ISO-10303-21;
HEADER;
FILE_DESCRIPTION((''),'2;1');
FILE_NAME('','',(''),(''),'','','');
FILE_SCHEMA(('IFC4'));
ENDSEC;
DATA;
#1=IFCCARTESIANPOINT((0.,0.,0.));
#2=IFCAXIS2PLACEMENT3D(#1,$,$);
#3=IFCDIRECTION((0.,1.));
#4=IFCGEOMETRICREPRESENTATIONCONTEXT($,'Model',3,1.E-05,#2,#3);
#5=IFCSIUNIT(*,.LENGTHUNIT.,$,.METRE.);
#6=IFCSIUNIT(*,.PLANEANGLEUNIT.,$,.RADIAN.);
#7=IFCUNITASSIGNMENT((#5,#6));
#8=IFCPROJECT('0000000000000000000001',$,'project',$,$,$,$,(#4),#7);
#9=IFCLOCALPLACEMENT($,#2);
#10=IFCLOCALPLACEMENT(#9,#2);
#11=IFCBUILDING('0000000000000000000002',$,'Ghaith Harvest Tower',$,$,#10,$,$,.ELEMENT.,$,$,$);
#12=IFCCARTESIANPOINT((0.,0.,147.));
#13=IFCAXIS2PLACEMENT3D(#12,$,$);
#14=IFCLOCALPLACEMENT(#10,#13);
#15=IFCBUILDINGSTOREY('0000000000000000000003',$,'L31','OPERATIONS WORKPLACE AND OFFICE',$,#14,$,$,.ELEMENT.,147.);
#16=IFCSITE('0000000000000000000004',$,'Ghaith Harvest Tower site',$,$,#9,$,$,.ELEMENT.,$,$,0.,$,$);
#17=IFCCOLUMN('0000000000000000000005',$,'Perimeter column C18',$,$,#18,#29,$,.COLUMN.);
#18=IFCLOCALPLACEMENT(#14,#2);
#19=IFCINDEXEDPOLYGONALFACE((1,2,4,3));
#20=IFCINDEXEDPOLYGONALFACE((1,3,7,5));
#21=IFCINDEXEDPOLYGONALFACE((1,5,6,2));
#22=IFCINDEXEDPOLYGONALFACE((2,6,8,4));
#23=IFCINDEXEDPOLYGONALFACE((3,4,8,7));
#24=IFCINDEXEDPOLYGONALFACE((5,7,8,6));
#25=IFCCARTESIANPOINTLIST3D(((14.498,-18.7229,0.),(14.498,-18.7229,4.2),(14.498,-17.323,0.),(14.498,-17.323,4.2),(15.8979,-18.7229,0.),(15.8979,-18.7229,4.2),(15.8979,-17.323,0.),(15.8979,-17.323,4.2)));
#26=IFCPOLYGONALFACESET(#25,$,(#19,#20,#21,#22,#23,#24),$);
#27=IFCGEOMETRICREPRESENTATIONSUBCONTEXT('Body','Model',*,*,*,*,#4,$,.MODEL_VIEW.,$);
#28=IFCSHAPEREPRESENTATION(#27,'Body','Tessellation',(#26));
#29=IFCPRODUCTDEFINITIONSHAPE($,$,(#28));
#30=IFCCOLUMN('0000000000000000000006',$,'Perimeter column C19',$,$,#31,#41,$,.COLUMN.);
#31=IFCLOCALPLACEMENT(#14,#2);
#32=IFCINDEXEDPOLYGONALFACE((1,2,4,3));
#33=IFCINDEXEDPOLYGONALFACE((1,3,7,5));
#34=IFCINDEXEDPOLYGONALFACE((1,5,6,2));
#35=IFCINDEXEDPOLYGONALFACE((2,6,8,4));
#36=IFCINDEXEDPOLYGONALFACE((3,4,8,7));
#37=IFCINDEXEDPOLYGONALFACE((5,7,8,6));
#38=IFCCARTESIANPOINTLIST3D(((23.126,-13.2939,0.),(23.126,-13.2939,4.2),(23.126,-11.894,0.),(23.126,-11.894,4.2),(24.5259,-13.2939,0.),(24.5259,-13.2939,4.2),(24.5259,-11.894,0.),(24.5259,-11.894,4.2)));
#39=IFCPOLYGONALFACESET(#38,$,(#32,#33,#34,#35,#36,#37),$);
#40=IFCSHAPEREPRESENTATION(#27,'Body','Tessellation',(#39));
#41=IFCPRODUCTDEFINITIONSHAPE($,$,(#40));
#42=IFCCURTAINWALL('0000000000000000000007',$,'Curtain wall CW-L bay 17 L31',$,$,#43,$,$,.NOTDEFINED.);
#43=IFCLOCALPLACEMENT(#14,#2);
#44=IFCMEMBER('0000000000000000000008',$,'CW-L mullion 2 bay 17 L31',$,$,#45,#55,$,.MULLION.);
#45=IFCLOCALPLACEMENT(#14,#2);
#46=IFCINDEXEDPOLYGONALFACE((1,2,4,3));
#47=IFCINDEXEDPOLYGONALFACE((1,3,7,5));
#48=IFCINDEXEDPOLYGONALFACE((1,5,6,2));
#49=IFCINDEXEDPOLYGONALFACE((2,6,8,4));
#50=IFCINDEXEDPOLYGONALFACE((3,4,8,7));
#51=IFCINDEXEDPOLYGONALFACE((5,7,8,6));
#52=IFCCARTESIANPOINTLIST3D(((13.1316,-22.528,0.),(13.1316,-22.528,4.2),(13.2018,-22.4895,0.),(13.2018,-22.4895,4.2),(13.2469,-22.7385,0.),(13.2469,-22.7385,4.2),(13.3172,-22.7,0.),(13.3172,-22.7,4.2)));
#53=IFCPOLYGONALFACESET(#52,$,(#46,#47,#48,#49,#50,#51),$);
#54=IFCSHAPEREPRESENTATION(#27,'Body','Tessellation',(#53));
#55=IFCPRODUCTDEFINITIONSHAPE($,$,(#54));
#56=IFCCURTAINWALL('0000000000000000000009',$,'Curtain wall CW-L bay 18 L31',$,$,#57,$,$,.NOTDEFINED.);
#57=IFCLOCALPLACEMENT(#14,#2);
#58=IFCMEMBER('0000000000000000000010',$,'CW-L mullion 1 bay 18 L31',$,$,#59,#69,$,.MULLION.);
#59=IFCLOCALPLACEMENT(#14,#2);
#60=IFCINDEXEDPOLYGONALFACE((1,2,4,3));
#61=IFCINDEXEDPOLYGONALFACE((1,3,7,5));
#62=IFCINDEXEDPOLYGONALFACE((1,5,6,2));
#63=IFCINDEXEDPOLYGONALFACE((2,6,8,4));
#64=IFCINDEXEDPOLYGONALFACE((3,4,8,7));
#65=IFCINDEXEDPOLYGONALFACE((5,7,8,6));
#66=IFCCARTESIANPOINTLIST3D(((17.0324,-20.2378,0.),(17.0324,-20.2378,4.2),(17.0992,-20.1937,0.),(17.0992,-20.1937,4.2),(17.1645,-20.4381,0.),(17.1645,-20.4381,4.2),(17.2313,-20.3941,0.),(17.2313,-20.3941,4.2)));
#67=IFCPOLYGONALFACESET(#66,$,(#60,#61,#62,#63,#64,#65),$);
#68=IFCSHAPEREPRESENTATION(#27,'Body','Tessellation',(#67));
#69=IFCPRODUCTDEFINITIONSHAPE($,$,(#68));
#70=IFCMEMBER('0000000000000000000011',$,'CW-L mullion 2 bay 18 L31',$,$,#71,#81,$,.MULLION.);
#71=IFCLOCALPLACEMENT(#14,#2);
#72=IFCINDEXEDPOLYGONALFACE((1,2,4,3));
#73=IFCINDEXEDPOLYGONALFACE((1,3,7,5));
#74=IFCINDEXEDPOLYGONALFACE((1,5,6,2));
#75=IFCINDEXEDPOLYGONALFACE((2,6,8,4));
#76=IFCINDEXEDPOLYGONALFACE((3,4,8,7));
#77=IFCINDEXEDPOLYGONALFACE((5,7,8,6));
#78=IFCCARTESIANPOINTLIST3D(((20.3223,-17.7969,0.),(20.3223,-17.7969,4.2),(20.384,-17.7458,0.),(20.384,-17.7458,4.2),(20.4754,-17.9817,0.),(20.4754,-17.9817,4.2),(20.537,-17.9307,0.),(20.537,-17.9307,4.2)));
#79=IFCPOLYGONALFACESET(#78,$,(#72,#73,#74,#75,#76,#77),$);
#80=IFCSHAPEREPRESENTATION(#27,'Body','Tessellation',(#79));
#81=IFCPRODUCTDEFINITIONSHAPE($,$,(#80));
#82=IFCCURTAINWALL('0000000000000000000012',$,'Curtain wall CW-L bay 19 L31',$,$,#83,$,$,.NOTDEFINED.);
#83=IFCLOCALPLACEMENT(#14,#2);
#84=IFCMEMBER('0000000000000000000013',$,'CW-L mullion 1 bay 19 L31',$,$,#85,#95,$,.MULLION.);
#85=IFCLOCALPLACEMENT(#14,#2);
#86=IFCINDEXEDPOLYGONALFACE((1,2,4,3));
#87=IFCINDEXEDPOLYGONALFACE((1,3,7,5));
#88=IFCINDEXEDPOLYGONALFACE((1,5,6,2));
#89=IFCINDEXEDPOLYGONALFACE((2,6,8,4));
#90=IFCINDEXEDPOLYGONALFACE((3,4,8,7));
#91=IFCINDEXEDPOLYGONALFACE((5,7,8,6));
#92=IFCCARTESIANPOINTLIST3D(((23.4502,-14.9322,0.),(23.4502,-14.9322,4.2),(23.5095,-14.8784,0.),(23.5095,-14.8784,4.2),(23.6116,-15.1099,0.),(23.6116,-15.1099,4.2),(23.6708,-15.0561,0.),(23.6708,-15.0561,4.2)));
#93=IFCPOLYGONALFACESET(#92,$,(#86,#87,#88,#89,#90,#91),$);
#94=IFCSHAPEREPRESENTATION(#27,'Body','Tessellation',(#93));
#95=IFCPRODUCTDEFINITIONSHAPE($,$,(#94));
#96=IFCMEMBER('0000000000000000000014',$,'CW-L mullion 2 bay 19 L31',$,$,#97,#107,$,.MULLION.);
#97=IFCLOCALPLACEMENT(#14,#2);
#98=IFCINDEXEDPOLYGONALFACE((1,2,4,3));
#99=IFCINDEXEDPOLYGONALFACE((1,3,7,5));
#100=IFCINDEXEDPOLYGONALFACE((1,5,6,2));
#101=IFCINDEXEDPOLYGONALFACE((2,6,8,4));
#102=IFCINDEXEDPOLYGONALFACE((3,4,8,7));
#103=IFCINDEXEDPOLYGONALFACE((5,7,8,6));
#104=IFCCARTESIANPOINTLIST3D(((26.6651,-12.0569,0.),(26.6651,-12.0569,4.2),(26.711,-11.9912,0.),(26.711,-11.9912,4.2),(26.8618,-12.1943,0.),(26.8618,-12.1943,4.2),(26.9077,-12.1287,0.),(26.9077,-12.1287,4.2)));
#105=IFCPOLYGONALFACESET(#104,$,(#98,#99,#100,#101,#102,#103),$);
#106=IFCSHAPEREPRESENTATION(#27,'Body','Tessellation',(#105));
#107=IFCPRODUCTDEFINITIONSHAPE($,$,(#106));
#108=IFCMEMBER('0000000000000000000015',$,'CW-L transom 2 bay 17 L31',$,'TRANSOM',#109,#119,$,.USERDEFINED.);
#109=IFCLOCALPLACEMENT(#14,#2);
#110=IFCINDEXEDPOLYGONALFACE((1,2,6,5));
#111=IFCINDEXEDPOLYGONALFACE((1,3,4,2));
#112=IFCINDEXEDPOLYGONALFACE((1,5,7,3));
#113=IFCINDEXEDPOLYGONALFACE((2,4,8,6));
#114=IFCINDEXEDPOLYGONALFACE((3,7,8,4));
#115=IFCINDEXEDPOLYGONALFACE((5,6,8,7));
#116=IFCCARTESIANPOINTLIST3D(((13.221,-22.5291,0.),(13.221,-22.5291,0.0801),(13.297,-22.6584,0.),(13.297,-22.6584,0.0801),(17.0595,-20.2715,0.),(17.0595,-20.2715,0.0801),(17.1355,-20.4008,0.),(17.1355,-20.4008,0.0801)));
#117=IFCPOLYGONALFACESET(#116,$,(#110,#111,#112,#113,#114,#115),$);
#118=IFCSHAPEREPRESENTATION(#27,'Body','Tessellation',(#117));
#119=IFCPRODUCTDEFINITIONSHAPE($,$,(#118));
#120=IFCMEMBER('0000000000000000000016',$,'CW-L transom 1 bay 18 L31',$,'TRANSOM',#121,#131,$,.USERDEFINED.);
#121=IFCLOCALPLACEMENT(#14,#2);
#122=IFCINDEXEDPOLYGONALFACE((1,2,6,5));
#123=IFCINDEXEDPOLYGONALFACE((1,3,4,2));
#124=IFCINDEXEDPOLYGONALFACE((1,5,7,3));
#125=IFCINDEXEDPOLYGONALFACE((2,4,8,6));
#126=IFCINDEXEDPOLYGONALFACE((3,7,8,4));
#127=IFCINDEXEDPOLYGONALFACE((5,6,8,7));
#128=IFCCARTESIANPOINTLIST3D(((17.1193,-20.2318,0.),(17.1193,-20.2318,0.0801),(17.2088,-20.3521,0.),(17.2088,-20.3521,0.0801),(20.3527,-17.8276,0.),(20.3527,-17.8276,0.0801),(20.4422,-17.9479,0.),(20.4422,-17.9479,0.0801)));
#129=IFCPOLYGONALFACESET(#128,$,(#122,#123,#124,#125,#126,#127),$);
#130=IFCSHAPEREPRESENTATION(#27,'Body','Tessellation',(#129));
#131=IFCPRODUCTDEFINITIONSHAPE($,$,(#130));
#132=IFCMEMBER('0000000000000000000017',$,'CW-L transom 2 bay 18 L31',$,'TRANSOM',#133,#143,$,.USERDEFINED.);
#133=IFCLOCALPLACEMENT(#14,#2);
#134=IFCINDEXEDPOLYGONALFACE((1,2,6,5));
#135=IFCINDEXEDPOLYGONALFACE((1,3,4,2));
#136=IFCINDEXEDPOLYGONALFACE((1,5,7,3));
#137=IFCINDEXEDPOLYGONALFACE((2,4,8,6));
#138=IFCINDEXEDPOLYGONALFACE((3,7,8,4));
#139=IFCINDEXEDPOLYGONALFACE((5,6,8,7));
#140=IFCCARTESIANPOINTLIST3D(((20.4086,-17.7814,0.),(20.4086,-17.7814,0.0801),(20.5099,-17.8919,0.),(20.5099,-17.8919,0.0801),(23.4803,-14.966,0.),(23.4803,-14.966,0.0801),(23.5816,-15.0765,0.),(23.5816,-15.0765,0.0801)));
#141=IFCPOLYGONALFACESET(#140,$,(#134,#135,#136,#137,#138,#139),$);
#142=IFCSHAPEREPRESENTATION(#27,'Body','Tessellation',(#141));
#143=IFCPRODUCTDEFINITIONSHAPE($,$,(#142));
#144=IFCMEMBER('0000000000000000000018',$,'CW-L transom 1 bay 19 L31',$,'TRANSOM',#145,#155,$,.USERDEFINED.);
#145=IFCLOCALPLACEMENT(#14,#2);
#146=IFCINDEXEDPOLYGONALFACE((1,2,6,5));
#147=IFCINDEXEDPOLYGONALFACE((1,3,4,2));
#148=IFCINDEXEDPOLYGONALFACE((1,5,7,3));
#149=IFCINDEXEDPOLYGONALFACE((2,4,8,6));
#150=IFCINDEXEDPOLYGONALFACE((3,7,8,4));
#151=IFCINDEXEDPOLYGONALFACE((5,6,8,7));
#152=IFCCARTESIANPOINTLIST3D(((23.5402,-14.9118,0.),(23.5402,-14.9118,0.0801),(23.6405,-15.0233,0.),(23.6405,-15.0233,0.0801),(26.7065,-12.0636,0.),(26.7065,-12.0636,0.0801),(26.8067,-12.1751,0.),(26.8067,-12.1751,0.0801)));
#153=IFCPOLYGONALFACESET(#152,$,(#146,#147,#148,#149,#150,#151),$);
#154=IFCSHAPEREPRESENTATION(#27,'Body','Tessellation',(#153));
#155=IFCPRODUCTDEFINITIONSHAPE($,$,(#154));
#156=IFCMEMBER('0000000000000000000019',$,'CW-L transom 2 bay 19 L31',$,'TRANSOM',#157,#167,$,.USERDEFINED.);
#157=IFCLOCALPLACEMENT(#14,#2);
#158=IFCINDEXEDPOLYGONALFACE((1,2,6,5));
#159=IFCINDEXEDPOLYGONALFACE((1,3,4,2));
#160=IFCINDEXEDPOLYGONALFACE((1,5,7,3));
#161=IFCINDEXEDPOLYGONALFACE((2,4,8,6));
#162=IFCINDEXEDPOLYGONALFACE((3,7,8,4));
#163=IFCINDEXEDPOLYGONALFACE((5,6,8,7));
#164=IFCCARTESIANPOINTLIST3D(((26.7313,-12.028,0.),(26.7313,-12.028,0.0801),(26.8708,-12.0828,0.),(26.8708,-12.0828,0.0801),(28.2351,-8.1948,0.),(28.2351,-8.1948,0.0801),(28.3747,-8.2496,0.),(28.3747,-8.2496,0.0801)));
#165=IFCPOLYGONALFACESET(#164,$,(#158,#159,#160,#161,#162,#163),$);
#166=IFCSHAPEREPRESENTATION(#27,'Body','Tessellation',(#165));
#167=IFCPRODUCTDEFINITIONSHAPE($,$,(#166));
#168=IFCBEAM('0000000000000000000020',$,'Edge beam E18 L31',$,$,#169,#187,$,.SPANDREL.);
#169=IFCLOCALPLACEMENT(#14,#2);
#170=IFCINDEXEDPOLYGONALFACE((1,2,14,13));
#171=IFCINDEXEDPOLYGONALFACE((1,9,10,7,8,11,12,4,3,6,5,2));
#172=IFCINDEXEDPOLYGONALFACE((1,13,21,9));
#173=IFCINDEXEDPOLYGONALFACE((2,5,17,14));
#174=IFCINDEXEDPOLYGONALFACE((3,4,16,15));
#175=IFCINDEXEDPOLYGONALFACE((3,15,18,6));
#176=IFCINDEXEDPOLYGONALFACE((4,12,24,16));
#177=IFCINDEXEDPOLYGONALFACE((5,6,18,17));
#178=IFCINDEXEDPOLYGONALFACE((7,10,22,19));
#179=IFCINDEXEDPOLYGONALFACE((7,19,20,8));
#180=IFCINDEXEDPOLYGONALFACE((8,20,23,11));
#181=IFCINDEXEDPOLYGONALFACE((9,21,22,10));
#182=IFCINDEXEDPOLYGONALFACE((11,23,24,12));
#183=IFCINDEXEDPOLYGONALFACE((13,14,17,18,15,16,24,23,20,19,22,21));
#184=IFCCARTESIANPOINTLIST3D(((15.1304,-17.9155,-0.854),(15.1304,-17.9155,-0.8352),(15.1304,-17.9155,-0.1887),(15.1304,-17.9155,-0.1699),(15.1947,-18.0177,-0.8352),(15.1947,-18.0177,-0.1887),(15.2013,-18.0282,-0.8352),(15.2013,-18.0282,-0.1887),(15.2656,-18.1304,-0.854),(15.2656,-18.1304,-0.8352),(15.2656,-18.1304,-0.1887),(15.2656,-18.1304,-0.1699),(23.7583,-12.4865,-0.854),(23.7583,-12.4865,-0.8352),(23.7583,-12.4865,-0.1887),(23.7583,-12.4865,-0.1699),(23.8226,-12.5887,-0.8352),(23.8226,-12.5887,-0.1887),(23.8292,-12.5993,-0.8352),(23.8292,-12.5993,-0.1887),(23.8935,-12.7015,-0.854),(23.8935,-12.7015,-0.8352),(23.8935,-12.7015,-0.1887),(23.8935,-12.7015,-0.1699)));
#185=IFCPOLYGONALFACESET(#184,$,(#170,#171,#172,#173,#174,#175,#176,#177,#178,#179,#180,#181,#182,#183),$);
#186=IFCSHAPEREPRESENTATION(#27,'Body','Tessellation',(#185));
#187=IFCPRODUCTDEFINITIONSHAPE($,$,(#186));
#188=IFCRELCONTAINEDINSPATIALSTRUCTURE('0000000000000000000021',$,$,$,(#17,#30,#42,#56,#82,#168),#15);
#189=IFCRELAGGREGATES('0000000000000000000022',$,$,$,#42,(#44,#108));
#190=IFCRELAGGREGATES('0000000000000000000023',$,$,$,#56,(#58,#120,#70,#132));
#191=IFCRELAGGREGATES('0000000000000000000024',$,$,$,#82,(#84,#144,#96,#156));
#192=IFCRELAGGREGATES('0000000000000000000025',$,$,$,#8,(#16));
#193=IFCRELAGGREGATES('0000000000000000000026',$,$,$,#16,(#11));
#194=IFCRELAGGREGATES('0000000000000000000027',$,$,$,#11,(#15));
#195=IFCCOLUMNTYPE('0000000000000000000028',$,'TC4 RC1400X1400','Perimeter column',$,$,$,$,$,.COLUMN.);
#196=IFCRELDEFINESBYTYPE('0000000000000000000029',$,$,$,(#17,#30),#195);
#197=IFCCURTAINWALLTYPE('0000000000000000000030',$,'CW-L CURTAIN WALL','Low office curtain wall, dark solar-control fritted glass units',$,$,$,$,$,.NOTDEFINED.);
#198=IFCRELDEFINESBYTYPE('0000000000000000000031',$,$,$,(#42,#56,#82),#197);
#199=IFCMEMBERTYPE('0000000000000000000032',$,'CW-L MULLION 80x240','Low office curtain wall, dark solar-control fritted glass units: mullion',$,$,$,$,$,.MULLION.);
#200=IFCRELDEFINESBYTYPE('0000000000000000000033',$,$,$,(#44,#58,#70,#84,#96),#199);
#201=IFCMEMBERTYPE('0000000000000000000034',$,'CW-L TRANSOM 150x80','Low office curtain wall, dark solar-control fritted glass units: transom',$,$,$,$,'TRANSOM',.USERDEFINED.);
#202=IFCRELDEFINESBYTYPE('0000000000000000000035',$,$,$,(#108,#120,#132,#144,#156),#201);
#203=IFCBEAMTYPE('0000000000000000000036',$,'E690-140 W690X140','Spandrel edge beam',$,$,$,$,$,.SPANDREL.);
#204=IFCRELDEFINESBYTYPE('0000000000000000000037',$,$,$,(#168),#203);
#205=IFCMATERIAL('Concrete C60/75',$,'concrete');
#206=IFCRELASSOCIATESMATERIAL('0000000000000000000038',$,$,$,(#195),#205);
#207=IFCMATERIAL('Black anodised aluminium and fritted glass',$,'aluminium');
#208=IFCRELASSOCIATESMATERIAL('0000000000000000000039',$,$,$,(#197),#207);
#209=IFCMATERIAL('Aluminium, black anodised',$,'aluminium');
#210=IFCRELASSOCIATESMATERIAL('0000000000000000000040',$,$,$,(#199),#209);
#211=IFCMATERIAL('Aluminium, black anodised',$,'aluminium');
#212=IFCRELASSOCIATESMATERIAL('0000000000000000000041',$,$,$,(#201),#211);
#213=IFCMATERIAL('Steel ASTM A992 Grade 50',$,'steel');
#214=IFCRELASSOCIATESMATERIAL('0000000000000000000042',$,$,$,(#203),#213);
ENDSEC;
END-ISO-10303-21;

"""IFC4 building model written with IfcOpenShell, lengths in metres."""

from ifc_helpers import new_model, si_unit, direction, frame, origin, origin_2d, place, context, subcontext, project, spatial, rectangle, i_section, extrude, material, material_profile, profile_set, type_object, element, aggregate, save


model = new_model("IFC4")

# Units and contexts
model_context = context("Model", 3, precision=1e-05, world=origin(), true_north=direction((0.0, 1.0)))
body_context = subcontext(model_context, "Body", "Model", "MODEL_VIEW")
ifc_project = project(units=[si_unit("LENGTHUNIT", "METRE"), si_unit("PLANEANGLEUNIT", "RADIAN")], contexts=[model_context])

# Site, building, storey
site_placement = place(None, origin())
site = spatial("IfcSite", under=ifc_project, at=site_placement, Name="Ghaith Harvest Tower site", CompositionType="ELEMENT", RefElevation=0.0)
building_placement = place(site_placement, origin())
building = spatial("IfcBuilding", under=site, at=building_placement, Name="Ghaith Harvest Tower", CompositionType="ELEMENT")
storey_placement = place(building_placement, frame((0.0, 0.0, 147.0)))
storey = spatial("IfcBuildingStorey", under=building, at=storey_placement, Name="L31", Description="OPERATIONS WORKPLACE AND OFFICE", CompositionType="ELEMENT", Elevation=147.0)

# Columns
ifc_material_1 = material(Name="Concrete C60/75", Category="concrete")
ifc_material_profile_1 = material_profile(ifc_material_1, rectangle(XDim=1.3999, YDim=1.3999, at=origin_2d()), Name="RC1400X1400")
ifc_profile_set_1 = profile_set([ifc_material_profile_1], Name="Concrete C60/75")
column_type = type_object("IfcColumnType", Name="TC4 RC1400X1400", Description="Perimeter column", PredefinedType="COLUMN", material=ifc_profile_set_1)
for number, where, z_axis, x_axis, name in (
    (1, (15.198, -18.0229, 0.0), (0.0, 0.0, 1.0), (1.0, 0.0, 0.0), "Perimeter column C18"),
    (2, (23.8259, -12.594, 0.0), (0.0, 0.0, 1.0), (1.0, 0.0, 0.0), "Perimeter column C19"),
):
    element("IfcColumn", number, at=place(storey_placement, frame(where, z_axis=z_axis, x_axis=x_axis)), inside=storey, type_object=column_type, Name=name, PredefinedType="COLUMN", context=body_context, shape_type="SweptSolid", body=[
        extrude(rectangle(XDim=1.3999, YDim=1.3999, at=origin_2d()), origin(), (0.0, 0.0, 1.0), 4.2),
    ])

# Curtain wall, member
ifc_material_2 = material(Name="Black anodised aluminium and fritted glass", Category="aluminium")
curtain_wall_type = type_object("IfcCurtainWallType", Name="CW-L CURTAIN WALL", Description="Low office curtain wall, dark solar-control fritted glass units", PredefinedType="NOTDEFINED", material=ifc_material_2)
curtain_wall_1_placement = place(storey_placement, origin())
curtain_wall_1 = element("IfcCurtainWall", 3, at=curtain_wall_1_placement, inside=storey, type_object=curtain_wall_type, Name="Curtain wall CW-L bay 17 L31", PredefinedType="NOTDEFINED")
ifc_material_3 = material(Name="Aluminium, black anodised", Category="aluminium")
ifc_material_profile_2 = material_profile(ifc_material_3, rectangle(XDim=0.0801, YDim=0.24, at=origin_2d()), Name="CW-L MULLION 80x240")
ifc_profile_set_2 = profile_set([ifc_material_profile_2], Name="Aluminium, black anodised")
member_type_1 = type_object("IfcMemberType", Name="CW-L MULLION 80x240", Description="Low office curtain wall, dark solar-control fritted glass units: mullion", PredefinedType="MULLION", material=ifc_profile_set_2)
member_1_placement = place(storey_placement, frame((13.2244, -22.614, 0.0), z_axis=(0.0, 0.0, 1.0), x_axis=(0.876899, 0.480675, 0.0)))
member_1 = element("IfcMember", 4, at=member_1_placement, type_object=member_type_1, Name="CW-L mullion 2 bay 17 L31", PredefinedType="MULLION", context=body_context, shape_type="SweptSolid", body=[
    extrude(rectangle(XDim=0.0801, YDim=0.24, at=origin_2d()), origin(), (0.0, 0.0, 1.0), 4.2),
])

# Curtain walls, members
curtain_wall_2_placement = place(storey_placement, origin())
curtain_wall_2 = element("IfcCurtainWall", 5, at=curtain_wall_2_placement, inside=storey, type_object=curtain_wall_type, Name="Curtain wall CW-L bay 18 L31", PredefinedType="NOTDEFINED")
member_2_placement = place(storey_placement, frame((17.1318, -20.3159, 0.0), z_axis=(0.0, 0.0, 1.0), x_axis=(0.834887, 0.550421, 0.0)))
member_2 = element("IfcMember", 6, at=member_2_placement, type_object=member_type_1, Name="CW-L mullion 1 bay 18 L31", PredefinedType="MULLION", context=body_context, shape_type="SweptSolid", body=[
    extrude(rectangle(XDim=0.0801, YDim=0.24, at=origin_2d()), origin(), (0.0, 0.0, 1.0), 4.2),
])
member_3_placement = place(storey_placement, frame((20.4297, -17.8638, 0.0), z_axis=(0.0, 0.0, 1.0), x_axis=(0.770306, 0.637674, 0.0)))
member_3 = element("IfcMember", 7, at=member_3_placement, type_object=member_type_1, Name="CW-L mullion 2 bay 18 L31", PredefinedType="MULLION", context=body_context, shape_type="SweptSolid", body=[
    extrude(rectangle(XDim=0.0801, YDim=0.24, at=origin_2d()), origin(), (0.0, 0.0, 1.0), 4.2),
])
curtain_wall_3_placement = place(storey_placement, origin())
curtain_wall_3 = element("IfcCurtainWall", 8, at=curtain_wall_3_placement, inside=storey, type_object=curtain_wall_type, Name="Curtain wall CW-L bay 19 L31", PredefinedType="NOTDEFINED")
member_4_placement = place(storey_placement, frame((23.5605, -14.9941, 0.0), z_axis=(0.0, 0.0, 1.0), x_axis=(0.740389, 0.672179, 0.0)))
member_4 = element("IfcMember", 9, at=member_4_placement, type_object=member_type_1, Name="CW-L mullion 1 bay 19 L31", PredefinedType="MULLION", context=body_context, shape_type="SweptSolid", body=[
    extrude(rectangle(XDim=0.0801, YDim=0.24, at=origin_2d()), origin(), (0.0, 0.0, 1.0), 4.2),
])
member_5_placement = place(storey_placement, frame((26.7864, -12.0928, 0.0), z_axis=(0.0, 0.0, 1.0), x_axis=(0.572853, 0.819658, 0.0)))
member_5 = element("IfcMember", 10, at=member_5_placement, type_object=member_type_1, Name="CW-L mullion 2 bay 19 L31", PredefinedType="MULLION", context=body_context, shape_type="SweptSolid", body=[
    extrude(rectangle(XDim=0.0801, YDim=0.24, at=origin_2d()), origin(), (0.0, 0.0, 1.0), 4.2),
])

# Members
ifc_material_4 = material(Name="Aluminium, black anodised", Category="aluminium")
ifc_material_profile_3 = material_profile(ifc_material_4, rectangle(XDim=0.1499, YDim=0.0801, at=origin_2d()), Name="CW-L TRANSOM 150x80")
ifc_profile_set_3 = profile_set([ifc_material_profile_3], Name="Aluminium, black anodised")
member_type_2 = type_object("IfcMemberType", Name="CW-L TRANSOM 150x80", Description="Low office curtain wall, dark solar-control fritted glass units: transom", ElementType="TRANSOM", PredefinedType="USERDEFINED", material=ifc_profile_set_3)
member_6_placement = place(storey_placement, frame((13.259, -22.5938, 0.04), z_axis=(0.861964, 0.50697, 0.0), x_axis=(-0.50697, 0.861964, 0.0)))
member_6 = element("IfcMember", 11, at=member_6_placement, type_object=member_type_2, Name="CW-L transom 2 bay 17 L31", ObjectType="TRANSOM", PredefinedType="USERDEFINED", context=body_context, shape_type="SweptSolid", body=[
    extrude(rectangle(XDim=0.1499, YDim=0.0801, at=origin_2d()), origin(), (0.0, 0.0, 1.0), 4.4531),
])
member_7_placement = place(storey_placement, frame((17.1641, -20.292, 0.04), z_axis=(0.802465, 0.596699, 0.0), x_axis=(-0.596699, 0.802465, 0.0)))
member_7 = element("IfcMember", 12, at=member_7_placement, type_object=member_type_2, Name="CW-L transom 1 bay 18 L31", ObjectType="TRANSOM", PredefinedType="USERDEFINED", context=body_context, shape_type="SweptSolid", body=[
    extrude(rectangle(XDim=0.1499, YDim=0.0801, at=origin_2d()), origin(), (0.0, 0.0, 1.0), 4.0293),
])
member_8_placement = place(storey_placement, frame((20.4592, -17.8367, 0.04), z_axis=(0.737198, 0.675677, 0.0), x_axis=(-0.675677, 0.737198, 0.0)))
member_8 = element("IfcMember", 13, at=member_8_placement, type_object=member_type_2, Name="CW-L transom 2 bay 18 L31", ObjectType="TRANSOM", PredefinedType="USERDEFINED", context=body_context, shape_type="SweptSolid", body=[
    extrude(rectangle(XDim=0.1499, YDim=0.0801, at=origin_2d()), origin(), (0.0, 0.0, 1.0), 4.1667),
])
member_9_placement = place(storey_placement, frame((23.5903, -14.9675, 0.04), z_axis=(0.743468, 0.668772, 0.0), x_axis=(-0.668772, 0.743468, 0.0)))
member_9 = element("IfcMember", 14, at=member_9_placement, type_object=member_type_2, Name="CW-L transom 1 bay 19 L31", ObjectType="TRANSOM", PredefinedType="USERDEFINED", context=body_context, shape_type="SweptSolid", body=[
    extrude(rectangle(XDim=0.1499, YDim=0.0801, at=origin_2d()), origin(), (0.0, 0.0, 1.0), 4.2588),
])
member_10_placement = place(storey_placement, frame((26.801, -12.0554, 0.04), z_axis=(0.365229, 0.930918, 0.0), x_axis=(-0.930918, 0.365229, 0.0)))
member_10 = element("IfcMember", 15, at=member_10_placement, type_object=member_type_2, Name="CW-L transom 2 bay 19 L31", ObjectType="TRANSOM", PredefinedType="USERDEFINED", context=body_context, shape_type="SweptSolid", body=[
    extrude(rectangle(XDim=0.1499, YDim=0.0801, at=origin_2d()), origin(), (0.0, 0.0, 1.0), 4.1177),
])

# Beam
ifc_material_5 = material(Name="Steel ASTM A992 Grade 50", Category="steel")
ifc_material_profile_4 = material_profile(ifc_material_5, i_section(OverallWidth=0.2539, OverallDepth=0.6841, WebThickness=0.0125, FlangeThickness=0.0188, at=origin_2d()), Name="W690X140")
ifc_profile_set_4 = profile_set([ifc_material_profile_4], Name="Steel ASTM A992 Grade 50")
beam_type_1 = type_object("IfcBeamType", Name="E690-140 W690X140", Description="Spandrel edge beam", PredefinedType="SPANDREL", material=ifc_profile_set_4)
beam_1_placement = place(storey_placement, frame((15.198, -18.0229, -0.512), z_axis=(0.846385, 0.532571, 0.0), x_axis=(-0.532571, 0.846385, 0.0)))
element("IfcBeam", 16, at=beam_1_placement, inside=storey, type_object=beam_type_1, Name="Edge beam E18 L31", PredefinedType="SPANDREL", context=body_context, shape_type="SweptSolid", body=[
    extrude(i_section(OverallWidth=0.2539, OverallDepth=0.6841, WebThickness=0.0125, FlangeThickness=0.0188, at=origin_2d()), origin(), (0.0, 0.0, 1.0), 10.1938),
])

aggregate(curtain_wall_1, [member_1, member_6])
aggregate(curtain_wall_2, [member_2, member_7, member_3, member_8])
aggregate(curtain_wall_3, [member_4, member_9, member_5, member_10])

save(model, "model.ifc")
